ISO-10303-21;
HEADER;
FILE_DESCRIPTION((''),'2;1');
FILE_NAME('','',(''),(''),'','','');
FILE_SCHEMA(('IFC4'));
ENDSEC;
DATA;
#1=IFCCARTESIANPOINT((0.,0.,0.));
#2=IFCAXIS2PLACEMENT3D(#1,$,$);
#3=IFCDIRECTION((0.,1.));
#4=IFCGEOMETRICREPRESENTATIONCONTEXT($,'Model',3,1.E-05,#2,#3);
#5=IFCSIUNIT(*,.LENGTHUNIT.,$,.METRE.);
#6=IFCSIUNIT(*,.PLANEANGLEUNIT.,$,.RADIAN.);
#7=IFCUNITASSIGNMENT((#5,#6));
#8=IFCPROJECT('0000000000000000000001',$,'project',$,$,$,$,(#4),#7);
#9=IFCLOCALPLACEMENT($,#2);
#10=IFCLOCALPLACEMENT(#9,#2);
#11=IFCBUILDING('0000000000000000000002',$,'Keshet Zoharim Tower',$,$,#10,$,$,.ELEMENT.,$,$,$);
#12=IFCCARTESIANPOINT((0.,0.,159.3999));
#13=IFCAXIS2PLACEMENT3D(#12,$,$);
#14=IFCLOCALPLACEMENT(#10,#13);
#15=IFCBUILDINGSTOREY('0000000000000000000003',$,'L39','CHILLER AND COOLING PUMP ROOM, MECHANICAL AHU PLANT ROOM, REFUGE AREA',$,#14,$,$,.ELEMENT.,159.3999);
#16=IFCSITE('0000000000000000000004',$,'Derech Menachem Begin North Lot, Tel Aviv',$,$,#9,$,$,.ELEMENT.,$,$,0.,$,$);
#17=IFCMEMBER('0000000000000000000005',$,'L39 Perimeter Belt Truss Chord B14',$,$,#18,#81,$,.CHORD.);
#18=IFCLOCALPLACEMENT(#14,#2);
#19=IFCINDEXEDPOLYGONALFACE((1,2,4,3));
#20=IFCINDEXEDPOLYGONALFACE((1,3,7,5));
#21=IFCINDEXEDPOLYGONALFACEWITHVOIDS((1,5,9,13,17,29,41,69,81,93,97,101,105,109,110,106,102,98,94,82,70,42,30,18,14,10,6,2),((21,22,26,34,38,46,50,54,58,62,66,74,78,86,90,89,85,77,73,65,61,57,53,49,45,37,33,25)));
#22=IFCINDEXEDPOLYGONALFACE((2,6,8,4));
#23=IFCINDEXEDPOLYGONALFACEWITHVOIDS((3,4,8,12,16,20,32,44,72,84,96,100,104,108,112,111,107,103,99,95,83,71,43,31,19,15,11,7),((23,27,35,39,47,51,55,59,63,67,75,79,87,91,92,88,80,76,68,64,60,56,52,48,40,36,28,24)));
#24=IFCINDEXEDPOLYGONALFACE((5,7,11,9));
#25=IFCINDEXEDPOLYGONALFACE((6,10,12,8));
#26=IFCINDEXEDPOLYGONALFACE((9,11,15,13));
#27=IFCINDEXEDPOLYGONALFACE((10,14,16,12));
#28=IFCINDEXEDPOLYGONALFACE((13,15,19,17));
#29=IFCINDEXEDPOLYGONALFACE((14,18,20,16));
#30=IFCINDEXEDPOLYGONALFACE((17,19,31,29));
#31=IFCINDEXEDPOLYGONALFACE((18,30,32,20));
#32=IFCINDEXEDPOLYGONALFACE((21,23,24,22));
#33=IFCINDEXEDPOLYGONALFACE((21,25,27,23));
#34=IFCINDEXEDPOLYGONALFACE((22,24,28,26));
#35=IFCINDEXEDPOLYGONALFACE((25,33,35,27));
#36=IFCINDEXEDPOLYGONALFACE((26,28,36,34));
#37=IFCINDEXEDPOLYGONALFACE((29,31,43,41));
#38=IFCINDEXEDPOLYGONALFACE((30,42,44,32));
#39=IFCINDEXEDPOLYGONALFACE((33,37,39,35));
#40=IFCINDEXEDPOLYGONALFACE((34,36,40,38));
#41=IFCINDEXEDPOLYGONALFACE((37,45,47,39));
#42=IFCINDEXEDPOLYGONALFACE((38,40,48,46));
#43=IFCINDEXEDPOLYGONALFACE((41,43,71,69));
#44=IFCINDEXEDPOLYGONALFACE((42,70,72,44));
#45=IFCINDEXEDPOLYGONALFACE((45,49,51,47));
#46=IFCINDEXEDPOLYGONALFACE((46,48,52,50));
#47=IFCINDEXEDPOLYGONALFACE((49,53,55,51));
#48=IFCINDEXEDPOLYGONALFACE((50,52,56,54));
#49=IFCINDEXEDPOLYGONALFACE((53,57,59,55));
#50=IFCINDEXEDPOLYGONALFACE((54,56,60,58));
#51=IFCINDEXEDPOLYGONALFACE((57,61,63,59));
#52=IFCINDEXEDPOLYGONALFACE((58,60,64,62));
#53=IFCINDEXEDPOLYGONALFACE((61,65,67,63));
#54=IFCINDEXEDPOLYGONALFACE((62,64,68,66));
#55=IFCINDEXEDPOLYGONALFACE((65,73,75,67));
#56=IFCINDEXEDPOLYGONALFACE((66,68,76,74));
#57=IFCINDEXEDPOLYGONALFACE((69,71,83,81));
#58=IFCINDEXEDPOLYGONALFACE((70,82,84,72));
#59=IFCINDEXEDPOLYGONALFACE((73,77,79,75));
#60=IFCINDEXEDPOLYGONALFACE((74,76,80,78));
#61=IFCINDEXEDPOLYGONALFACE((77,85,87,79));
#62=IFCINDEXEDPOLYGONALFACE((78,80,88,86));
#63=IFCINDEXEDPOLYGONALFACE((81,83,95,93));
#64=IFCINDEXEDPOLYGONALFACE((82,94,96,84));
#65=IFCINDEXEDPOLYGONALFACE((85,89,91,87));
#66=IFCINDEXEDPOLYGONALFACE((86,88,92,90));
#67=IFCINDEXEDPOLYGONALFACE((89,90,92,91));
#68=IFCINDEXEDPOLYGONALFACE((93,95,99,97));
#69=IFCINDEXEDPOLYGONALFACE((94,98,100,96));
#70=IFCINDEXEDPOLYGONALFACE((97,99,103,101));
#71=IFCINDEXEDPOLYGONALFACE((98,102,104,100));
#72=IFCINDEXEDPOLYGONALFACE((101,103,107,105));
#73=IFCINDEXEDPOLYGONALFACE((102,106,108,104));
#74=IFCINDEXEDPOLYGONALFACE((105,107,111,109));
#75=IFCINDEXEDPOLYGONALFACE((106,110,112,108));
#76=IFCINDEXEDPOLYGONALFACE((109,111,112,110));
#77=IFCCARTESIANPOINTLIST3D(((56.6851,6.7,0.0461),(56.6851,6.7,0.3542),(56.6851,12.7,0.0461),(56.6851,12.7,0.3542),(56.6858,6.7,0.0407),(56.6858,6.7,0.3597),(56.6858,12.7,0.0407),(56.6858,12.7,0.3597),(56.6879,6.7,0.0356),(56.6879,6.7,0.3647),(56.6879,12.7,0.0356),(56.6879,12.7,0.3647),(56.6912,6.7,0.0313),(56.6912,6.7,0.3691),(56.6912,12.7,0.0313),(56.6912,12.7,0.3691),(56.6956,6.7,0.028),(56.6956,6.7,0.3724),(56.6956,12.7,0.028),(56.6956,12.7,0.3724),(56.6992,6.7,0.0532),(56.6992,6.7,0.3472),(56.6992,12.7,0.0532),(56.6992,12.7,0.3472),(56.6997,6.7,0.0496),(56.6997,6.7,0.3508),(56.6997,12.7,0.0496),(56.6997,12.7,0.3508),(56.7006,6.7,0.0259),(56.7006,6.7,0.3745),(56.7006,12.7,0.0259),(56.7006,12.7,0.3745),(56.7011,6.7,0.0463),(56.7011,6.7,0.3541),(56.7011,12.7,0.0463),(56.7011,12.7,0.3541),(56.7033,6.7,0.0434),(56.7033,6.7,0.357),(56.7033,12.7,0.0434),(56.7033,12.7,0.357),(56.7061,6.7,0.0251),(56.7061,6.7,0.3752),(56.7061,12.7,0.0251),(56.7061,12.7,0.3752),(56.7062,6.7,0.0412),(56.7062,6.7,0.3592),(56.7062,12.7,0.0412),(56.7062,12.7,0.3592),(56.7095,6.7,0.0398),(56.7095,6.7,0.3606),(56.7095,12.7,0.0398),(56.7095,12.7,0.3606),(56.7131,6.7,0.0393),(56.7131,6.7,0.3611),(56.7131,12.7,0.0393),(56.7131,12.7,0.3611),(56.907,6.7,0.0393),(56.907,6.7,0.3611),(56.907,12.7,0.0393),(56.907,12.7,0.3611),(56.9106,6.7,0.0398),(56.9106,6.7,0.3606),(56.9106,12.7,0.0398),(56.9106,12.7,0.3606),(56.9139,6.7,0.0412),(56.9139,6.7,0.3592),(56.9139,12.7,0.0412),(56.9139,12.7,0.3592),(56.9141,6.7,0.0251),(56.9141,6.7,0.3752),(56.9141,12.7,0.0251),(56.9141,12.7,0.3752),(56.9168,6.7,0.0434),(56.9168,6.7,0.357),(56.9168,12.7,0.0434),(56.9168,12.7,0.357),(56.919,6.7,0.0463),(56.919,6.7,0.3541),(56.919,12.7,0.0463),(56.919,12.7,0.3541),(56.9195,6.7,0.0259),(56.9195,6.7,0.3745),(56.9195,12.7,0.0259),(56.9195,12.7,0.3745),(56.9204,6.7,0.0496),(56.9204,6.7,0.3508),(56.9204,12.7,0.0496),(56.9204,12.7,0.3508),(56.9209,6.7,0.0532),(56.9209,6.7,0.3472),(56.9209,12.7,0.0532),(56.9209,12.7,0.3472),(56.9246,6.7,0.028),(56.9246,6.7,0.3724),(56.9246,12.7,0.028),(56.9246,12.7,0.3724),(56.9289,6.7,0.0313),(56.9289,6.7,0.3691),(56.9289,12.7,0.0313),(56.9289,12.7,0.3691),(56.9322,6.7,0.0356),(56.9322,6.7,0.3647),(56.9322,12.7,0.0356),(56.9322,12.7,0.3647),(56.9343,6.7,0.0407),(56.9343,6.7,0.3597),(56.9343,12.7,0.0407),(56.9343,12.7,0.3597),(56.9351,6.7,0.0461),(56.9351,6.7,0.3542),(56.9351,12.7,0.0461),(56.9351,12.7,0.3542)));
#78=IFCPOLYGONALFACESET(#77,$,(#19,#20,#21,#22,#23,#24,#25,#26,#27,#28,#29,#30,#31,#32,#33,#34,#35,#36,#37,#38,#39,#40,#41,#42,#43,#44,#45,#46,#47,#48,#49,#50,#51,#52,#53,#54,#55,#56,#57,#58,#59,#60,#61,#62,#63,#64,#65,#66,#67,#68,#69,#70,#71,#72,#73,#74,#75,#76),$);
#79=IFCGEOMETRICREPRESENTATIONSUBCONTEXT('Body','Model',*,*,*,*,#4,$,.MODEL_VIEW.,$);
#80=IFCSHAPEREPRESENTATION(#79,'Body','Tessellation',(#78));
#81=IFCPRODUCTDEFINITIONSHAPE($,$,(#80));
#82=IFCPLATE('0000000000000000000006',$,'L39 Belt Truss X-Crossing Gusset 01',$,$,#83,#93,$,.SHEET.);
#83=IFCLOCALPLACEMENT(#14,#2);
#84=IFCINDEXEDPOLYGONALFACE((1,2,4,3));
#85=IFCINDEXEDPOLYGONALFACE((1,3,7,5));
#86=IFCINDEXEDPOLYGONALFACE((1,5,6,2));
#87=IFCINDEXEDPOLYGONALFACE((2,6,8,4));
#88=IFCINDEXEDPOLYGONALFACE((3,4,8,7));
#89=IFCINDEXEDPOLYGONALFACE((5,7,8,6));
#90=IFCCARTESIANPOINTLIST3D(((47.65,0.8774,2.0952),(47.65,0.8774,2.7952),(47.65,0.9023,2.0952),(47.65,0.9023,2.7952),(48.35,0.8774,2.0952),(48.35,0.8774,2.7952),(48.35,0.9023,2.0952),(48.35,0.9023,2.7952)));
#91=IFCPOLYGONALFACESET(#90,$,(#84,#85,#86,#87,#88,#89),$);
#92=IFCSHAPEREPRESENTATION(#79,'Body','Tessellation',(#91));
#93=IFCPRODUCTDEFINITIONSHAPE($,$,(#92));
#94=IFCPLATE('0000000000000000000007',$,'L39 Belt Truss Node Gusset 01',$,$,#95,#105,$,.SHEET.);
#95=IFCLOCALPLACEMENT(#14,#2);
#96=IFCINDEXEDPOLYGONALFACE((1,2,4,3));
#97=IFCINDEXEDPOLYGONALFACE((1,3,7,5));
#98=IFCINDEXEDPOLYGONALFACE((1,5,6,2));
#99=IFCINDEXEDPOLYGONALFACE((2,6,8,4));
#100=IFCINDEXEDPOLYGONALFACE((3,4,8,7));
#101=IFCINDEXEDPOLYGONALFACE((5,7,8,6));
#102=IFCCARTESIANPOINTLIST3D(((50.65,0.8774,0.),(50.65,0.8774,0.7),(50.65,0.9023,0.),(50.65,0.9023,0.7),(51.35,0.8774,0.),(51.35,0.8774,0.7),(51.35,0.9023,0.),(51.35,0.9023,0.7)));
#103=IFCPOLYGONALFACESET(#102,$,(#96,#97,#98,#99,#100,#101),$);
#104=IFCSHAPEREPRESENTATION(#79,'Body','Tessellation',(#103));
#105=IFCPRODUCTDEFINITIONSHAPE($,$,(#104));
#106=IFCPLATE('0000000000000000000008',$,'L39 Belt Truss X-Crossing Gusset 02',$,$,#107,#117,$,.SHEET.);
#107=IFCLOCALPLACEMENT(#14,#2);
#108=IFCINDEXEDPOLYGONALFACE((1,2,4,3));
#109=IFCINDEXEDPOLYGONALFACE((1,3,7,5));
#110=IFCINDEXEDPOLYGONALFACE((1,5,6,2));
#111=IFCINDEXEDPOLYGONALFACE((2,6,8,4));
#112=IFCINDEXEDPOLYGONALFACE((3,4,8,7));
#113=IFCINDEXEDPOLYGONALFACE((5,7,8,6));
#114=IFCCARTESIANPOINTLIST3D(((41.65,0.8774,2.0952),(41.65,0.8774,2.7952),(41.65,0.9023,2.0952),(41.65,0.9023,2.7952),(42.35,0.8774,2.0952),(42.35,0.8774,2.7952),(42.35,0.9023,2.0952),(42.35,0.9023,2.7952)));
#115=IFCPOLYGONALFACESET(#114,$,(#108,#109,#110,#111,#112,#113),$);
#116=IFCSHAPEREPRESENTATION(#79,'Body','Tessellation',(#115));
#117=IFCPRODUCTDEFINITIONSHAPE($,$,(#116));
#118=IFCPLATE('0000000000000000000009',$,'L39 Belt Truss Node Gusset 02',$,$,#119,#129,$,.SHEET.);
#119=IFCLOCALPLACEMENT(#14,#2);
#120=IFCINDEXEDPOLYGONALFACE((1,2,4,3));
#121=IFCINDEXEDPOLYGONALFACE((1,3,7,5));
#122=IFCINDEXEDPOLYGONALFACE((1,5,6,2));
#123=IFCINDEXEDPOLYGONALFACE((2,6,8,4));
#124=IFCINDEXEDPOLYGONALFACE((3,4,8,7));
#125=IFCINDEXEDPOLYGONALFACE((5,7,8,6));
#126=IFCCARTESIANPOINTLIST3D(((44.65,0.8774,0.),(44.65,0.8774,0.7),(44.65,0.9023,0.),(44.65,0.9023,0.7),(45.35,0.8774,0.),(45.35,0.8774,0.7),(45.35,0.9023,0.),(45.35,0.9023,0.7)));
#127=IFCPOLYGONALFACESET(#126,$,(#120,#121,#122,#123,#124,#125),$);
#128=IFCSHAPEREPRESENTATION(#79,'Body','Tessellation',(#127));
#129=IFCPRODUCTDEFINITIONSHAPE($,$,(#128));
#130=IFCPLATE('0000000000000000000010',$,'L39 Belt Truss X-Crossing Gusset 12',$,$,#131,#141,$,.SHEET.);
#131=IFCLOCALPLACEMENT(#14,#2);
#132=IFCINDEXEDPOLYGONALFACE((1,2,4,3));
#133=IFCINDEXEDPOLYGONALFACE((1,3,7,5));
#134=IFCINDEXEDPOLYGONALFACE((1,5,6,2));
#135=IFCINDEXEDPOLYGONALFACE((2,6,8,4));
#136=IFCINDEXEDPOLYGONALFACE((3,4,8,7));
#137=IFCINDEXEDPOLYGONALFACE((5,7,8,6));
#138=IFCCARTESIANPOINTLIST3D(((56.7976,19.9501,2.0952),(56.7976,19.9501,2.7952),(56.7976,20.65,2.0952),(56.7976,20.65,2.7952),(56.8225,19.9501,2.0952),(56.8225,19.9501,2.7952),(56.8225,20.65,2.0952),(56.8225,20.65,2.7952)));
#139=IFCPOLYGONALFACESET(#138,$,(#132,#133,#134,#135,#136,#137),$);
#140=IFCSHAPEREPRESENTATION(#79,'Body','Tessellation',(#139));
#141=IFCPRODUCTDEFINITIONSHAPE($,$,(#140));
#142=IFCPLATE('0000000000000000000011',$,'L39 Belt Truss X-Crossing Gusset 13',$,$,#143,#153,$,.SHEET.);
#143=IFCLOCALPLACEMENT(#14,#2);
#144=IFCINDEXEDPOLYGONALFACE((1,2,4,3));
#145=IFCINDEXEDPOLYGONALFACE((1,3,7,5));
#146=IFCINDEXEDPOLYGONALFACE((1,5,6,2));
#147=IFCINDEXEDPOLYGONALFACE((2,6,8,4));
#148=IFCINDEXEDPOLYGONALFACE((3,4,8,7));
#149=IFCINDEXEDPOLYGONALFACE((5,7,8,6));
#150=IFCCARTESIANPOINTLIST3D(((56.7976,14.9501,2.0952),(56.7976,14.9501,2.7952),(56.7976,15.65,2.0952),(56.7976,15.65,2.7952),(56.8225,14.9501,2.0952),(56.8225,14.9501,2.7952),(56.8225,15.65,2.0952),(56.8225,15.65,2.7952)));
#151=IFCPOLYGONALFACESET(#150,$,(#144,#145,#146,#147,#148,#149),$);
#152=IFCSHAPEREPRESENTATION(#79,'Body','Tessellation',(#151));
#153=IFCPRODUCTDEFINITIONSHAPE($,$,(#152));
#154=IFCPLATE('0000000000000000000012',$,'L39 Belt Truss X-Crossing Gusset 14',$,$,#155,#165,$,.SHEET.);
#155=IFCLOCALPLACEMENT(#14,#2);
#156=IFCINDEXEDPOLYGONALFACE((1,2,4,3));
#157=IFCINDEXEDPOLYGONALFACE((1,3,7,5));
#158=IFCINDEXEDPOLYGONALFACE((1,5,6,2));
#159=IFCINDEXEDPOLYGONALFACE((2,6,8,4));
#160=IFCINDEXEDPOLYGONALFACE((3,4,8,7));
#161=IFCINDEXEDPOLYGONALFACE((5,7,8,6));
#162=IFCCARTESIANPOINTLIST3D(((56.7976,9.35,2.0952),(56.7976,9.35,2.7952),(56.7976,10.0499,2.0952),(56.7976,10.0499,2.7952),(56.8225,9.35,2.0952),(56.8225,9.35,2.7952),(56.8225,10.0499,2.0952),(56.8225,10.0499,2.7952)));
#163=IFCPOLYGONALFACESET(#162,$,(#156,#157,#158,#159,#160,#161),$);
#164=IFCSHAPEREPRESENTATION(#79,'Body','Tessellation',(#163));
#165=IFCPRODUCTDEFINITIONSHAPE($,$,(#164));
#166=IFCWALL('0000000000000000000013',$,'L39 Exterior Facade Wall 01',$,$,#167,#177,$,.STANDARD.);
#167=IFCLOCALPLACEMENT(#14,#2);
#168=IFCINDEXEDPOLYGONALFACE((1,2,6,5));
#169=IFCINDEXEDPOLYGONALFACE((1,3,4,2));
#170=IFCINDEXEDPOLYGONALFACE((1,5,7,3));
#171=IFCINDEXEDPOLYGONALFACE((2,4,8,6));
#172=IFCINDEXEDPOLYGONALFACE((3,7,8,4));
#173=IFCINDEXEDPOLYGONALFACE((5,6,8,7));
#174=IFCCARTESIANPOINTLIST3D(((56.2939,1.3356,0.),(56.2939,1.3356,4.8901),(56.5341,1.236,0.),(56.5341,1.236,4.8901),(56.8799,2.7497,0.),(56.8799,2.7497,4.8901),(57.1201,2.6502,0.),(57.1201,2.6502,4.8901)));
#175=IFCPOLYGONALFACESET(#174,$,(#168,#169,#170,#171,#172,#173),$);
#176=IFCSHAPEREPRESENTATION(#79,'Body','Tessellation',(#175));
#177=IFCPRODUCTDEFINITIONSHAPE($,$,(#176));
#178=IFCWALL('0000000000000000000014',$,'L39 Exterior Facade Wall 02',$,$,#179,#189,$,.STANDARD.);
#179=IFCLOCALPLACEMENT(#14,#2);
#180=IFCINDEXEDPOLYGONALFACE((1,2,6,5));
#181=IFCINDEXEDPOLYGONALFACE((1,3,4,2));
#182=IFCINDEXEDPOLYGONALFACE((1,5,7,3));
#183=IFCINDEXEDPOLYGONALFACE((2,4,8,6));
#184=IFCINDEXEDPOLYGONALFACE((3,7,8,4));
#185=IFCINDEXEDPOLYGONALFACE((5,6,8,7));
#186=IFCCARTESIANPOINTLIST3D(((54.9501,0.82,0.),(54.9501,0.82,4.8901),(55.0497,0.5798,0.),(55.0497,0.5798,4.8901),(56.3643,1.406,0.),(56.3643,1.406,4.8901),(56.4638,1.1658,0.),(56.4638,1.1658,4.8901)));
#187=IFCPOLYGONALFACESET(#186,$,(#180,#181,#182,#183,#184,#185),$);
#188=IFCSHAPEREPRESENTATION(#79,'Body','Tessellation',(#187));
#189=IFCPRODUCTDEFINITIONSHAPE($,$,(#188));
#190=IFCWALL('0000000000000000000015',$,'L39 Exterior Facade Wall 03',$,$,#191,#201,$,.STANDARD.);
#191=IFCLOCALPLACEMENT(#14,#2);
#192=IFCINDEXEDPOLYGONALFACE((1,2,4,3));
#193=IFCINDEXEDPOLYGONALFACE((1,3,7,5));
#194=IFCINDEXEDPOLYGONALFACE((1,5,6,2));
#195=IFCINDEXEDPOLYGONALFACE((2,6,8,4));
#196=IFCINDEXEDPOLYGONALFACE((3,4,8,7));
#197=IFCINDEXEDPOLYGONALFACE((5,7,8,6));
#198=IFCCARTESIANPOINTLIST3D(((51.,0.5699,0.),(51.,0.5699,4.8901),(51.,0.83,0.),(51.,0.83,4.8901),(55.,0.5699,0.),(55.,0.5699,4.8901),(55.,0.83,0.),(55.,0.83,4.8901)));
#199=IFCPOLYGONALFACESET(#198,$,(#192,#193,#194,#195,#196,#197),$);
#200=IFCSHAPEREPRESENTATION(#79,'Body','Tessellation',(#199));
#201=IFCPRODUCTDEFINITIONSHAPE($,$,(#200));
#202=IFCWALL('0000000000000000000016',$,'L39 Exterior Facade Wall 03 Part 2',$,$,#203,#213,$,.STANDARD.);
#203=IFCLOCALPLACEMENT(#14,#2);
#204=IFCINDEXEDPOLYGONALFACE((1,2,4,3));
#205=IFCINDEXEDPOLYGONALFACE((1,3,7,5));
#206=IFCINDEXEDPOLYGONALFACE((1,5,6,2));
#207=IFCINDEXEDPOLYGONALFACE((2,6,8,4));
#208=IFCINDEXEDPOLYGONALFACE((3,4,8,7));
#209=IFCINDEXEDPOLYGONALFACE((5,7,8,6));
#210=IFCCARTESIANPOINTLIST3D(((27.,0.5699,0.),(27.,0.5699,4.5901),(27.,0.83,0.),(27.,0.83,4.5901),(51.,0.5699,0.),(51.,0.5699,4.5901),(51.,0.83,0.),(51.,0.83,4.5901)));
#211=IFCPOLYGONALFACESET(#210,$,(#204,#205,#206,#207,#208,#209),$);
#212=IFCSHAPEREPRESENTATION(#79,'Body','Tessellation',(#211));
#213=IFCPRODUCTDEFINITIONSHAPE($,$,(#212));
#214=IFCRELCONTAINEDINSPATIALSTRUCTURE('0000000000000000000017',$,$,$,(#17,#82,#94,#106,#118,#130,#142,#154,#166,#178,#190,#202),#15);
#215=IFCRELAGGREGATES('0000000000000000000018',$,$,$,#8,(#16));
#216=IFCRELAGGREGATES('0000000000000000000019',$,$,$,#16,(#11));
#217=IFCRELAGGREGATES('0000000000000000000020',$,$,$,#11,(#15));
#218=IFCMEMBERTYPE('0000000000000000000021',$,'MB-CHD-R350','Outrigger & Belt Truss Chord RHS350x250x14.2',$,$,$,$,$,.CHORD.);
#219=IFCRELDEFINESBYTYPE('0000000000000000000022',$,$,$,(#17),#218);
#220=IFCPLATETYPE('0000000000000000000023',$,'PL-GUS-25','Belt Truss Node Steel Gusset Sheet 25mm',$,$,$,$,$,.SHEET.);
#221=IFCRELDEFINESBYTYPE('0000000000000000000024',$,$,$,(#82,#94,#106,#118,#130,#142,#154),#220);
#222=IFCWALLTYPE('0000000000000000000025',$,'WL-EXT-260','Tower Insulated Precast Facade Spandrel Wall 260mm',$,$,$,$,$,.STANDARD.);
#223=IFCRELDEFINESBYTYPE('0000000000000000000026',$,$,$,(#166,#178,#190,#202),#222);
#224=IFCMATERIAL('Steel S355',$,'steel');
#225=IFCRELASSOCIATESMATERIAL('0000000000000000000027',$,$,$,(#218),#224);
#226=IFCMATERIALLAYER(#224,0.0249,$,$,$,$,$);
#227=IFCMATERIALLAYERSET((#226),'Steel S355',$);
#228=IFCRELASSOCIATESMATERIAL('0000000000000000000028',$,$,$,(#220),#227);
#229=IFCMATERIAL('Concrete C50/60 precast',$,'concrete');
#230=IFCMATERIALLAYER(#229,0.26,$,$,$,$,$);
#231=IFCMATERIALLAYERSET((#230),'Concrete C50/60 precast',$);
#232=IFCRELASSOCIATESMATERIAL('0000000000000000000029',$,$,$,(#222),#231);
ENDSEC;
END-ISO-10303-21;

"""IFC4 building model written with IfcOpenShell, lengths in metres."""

from ifc_helpers import new_model, si_unit, direction, frame, frame_2d, origin, origin_2d, place, context, subcontext, project, spatial, rectangle, hollow_rectangle, extrude, material, layer, layer_set, material_profile, profile_set, type_object, element, save


model = new_model("IFC4")

# Units and contexts
model_context = context("Model", 3, precision=1e-05, world=origin(), true_north=direction((0.0, 1.0)))
body_context = subcontext(model_context, "Body", "Model", "MODEL_VIEW")
ifc_project = project(units=[si_unit("LENGTHUNIT", "METRE"), si_unit("PLANEANGLEUNIT", "RADIAN")], contexts=[model_context])

# Site, building, storey
site_placement = place(None, origin())
site = spatial("IfcSite", under=ifc_project, at=site_placement, Name="Derech Menachem Begin North Lot, Tel Aviv", CompositionType="ELEMENT", RefElevation=0.0)
building_placement = place(site_placement, origin())
building = spatial("IfcBuilding", under=site, at=building_placement, Name="Keshet Zoharim Tower", CompositionType="ELEMENT")
storey_placement = place(building_placement, frame((0.0, 0.0, 159.3999)))
storey = spatial("IfcBuildingStorey", under=building, at=storey_placement, Name="L39", Description="CHILLER AND COOLING PUMP ROOM, MECHANICAL AHU PLANT ROOM, REFUGE AREA", CompositionType="ELEMENT", Elevation=159.3999)

# Shared definitions
ifc_material_1 = material(Name="Steel S355", Category="steel")

# Member
ifc_material_profile_1 = material_profile(ifc_material_1, hollow_rectangle(XDim=0.25, YDim=0.3501, WallThickness=0.0142, InnerFilletRadius=0.0139, OuterFilletRadius=0.021, at=origin_2d()), Name="RHS350x250x14.2")
ifc_profile_set_1 = profile_set([ifc_material_profile_1], Name="Steel S355")
member_type_1 = type_object("IfcMemberType", Name="MB-CHD-R350", Description="Outrigger & Belt Truss Chord RHS350x250x14.2", PredefinedType="CHORD", material=ifc_profile_set_1)
member_1_placement = place(storey_placement, frame((56.8101, 12.7, 0.2002), z_axis=(0.0, -1.0, 0.0), x_axis=(1.0, 0.0, 0.0)))
element("IfcMember", 1, at=member_1_placement, inside=storey, type_object=member_type_1, Name="L39 Perimeter Belt Truss Chord B14", PredefinedType="CHORD", context=body_context, shape_type="SweptSolid", body=[
    extrude(hollow_rectangle(XDim=0.25, YDim=0.3501, WallThickness=0.0142, InnerFilletRadius=0.0139, OuterFilletRadius=0.021, at=origin_2d()), origin(), (0.0, 0.0, 1.0), 6.0),
])

# Plates
ifc_layer_1 = layer(ifc_material_1, 0.0249)
ifc_layer_set_1 = layer_set([ifc_layer_1], Name="Steel S355")
plate_type = type_object("IfcPlateType", Name="PL-GUS-25", Description="Belt Truss Node Steel Gusset Sheet 25mm", PredefinedType="SHEET", material=ifc_layer_set_1)
for number, where, z_axis, x_axis, name in (
    (2, (48.0, 0.8899, 2.0952), (0.0, 0.0, 1.0), (-1.0, 0.0, 0.0), "L39 Belt Truss X-Crossing Gusset 01"),
    (3, (51.0, 0.8899, 0.0), (0.0, 0.0, 1.0), (-1.0, 0.0, 0.0), "L39 Belt Truss Node Gusset 01"),
    (4, (42.0, 0.8899, 2.0952), (0.0, 0.0, 1.0), (-1.0, 0.0, 0.0), "L39 Belt Truss X-Crossing Gusset 02"),
    (5, (45.0, 0.8899, 0.0), (0.0, 0.0, 1.0), (-1.0, 0.0, 0.0), "L39 Belt Truss Node Gusset 02"),
    (6, (56.8101, 20.3, 2.0952), (0.0, 0.0, 1.0), (0.0, -1.0, 0.0), "L39 Belt Truss X-Crossing Gusset 12"),
    (7, (56.8101, 15.3, 2.0952), (0.0, 0.0, 1.0), (0.0, -1.0, 0.0), "L39 Belt Truss X-Crossing Gusset 13"),
    (8, (56.8101, 9.7, 2.0952), (0.0, 0.0, 1.0), (0.0, -1.0, 0.0), "L39 Belt Truss X-Crossing Gusset 14"),
):
    element("IfcPlate", number, at=place(storey_placement, frame(where, z_axis=z_axis, x_axis=x_axis)), inside=storey, type_object=plate_type, Name=name, PredefinedType="SHEET", context=body_context, shape_type="SweptSolid", body=[
        extrude(rectangle(XDim=0.7, YDim=0.0249, at=origin_2d()), origin(), (0.0, 0.0, 1.0), 0.7),
    ])

# Walls
ifc_material_2 = material(Name="Concrete C50/60 precast", Category="concrete")
ifc_layer_2 = layer(ifc_material_2, 0.26)
ifc_layer_set_2 = layer_set([ifc_layer_2], Name="Concrete C50/60 precast")
wall_type = type_object("IfcWallType", Name="WL-EXT-260", Description="Tower Insulated Precast Facade Spandrel Wall 260mm", PredefinedType="STANDARD", material=ifc_layer_set_2)
for number, where, z_axis, x_axis, name in (
    (9, (57.0, 2.7, 0.0), (0.0, 0.0, 1.0), (-0.382803, -0.92383, 0.0), "L39 Exterior Facade Wall 01"),
    (10, (56.4141, 1.2859, 0.0), (0.0, 0.0, 1.0), (-0.92383, -0.382803, 0.0), "L39 Exterior Facade Wall 02"),
):
    element("IfcWall", number, at=place(storey_placement, frame(where, z_axis=z_axis, x_axis=x_axis)), inside=storey, type_object=wall_type, Name=name, PredefinedType="STANDARD", context=body_context, shape_type="SweptSolid", body=[
        extrude(rectangle(XDim=1.5308, YDim=0.26, at=frame_2d((0.7654, 0.0))), origin(), (0.0, 0.0, 1.0), 4.8901),
    ])
wall_1_placement = place(storey_placement, frame((55.0, 0.7, 0.0), z_axis=(0.0, 0.0, 1.0), x_axis=(-1.0, 0.0, 0.0)))
element("IfcWall", 11, at=wall_1_placement, inside=storey, type_object=wall_type, Name="L39 Exterior Facade Wall 03", PredefinedType="STANDARD", context=body_context, shape_type="SweptSolid", body=[
    extrude(rectangle(XDim=4.0, YDim=0.26, at=frame_2d((2.0, 0.0))), origin(), (0.0, 0.0, 1.0), 4.8901),
])
wall_2_placement = place(storey_placement, frame((51.0, 0.7, 0.0), z_axis=(0.0, 0.0, 1.0), x_axis=(-1.0, 0.0, 0.0)))
element("IfcWall", 12, at=wall_2_placement, inside=storey, type_object=wall_type, Name="L39 Exterior Facade Wall 03 Part 2", PredefinedType="STANDARD", context=body_context, shape_type="SweptSolid", body=[
    extrude(rectangle(XDim=24.0, YDim=0.26, at=frame_2d((12.0, 0.0))), origin(), (0.0, 0.0, 1.0), 4.5901),
])

save(model, "model.ifc")
